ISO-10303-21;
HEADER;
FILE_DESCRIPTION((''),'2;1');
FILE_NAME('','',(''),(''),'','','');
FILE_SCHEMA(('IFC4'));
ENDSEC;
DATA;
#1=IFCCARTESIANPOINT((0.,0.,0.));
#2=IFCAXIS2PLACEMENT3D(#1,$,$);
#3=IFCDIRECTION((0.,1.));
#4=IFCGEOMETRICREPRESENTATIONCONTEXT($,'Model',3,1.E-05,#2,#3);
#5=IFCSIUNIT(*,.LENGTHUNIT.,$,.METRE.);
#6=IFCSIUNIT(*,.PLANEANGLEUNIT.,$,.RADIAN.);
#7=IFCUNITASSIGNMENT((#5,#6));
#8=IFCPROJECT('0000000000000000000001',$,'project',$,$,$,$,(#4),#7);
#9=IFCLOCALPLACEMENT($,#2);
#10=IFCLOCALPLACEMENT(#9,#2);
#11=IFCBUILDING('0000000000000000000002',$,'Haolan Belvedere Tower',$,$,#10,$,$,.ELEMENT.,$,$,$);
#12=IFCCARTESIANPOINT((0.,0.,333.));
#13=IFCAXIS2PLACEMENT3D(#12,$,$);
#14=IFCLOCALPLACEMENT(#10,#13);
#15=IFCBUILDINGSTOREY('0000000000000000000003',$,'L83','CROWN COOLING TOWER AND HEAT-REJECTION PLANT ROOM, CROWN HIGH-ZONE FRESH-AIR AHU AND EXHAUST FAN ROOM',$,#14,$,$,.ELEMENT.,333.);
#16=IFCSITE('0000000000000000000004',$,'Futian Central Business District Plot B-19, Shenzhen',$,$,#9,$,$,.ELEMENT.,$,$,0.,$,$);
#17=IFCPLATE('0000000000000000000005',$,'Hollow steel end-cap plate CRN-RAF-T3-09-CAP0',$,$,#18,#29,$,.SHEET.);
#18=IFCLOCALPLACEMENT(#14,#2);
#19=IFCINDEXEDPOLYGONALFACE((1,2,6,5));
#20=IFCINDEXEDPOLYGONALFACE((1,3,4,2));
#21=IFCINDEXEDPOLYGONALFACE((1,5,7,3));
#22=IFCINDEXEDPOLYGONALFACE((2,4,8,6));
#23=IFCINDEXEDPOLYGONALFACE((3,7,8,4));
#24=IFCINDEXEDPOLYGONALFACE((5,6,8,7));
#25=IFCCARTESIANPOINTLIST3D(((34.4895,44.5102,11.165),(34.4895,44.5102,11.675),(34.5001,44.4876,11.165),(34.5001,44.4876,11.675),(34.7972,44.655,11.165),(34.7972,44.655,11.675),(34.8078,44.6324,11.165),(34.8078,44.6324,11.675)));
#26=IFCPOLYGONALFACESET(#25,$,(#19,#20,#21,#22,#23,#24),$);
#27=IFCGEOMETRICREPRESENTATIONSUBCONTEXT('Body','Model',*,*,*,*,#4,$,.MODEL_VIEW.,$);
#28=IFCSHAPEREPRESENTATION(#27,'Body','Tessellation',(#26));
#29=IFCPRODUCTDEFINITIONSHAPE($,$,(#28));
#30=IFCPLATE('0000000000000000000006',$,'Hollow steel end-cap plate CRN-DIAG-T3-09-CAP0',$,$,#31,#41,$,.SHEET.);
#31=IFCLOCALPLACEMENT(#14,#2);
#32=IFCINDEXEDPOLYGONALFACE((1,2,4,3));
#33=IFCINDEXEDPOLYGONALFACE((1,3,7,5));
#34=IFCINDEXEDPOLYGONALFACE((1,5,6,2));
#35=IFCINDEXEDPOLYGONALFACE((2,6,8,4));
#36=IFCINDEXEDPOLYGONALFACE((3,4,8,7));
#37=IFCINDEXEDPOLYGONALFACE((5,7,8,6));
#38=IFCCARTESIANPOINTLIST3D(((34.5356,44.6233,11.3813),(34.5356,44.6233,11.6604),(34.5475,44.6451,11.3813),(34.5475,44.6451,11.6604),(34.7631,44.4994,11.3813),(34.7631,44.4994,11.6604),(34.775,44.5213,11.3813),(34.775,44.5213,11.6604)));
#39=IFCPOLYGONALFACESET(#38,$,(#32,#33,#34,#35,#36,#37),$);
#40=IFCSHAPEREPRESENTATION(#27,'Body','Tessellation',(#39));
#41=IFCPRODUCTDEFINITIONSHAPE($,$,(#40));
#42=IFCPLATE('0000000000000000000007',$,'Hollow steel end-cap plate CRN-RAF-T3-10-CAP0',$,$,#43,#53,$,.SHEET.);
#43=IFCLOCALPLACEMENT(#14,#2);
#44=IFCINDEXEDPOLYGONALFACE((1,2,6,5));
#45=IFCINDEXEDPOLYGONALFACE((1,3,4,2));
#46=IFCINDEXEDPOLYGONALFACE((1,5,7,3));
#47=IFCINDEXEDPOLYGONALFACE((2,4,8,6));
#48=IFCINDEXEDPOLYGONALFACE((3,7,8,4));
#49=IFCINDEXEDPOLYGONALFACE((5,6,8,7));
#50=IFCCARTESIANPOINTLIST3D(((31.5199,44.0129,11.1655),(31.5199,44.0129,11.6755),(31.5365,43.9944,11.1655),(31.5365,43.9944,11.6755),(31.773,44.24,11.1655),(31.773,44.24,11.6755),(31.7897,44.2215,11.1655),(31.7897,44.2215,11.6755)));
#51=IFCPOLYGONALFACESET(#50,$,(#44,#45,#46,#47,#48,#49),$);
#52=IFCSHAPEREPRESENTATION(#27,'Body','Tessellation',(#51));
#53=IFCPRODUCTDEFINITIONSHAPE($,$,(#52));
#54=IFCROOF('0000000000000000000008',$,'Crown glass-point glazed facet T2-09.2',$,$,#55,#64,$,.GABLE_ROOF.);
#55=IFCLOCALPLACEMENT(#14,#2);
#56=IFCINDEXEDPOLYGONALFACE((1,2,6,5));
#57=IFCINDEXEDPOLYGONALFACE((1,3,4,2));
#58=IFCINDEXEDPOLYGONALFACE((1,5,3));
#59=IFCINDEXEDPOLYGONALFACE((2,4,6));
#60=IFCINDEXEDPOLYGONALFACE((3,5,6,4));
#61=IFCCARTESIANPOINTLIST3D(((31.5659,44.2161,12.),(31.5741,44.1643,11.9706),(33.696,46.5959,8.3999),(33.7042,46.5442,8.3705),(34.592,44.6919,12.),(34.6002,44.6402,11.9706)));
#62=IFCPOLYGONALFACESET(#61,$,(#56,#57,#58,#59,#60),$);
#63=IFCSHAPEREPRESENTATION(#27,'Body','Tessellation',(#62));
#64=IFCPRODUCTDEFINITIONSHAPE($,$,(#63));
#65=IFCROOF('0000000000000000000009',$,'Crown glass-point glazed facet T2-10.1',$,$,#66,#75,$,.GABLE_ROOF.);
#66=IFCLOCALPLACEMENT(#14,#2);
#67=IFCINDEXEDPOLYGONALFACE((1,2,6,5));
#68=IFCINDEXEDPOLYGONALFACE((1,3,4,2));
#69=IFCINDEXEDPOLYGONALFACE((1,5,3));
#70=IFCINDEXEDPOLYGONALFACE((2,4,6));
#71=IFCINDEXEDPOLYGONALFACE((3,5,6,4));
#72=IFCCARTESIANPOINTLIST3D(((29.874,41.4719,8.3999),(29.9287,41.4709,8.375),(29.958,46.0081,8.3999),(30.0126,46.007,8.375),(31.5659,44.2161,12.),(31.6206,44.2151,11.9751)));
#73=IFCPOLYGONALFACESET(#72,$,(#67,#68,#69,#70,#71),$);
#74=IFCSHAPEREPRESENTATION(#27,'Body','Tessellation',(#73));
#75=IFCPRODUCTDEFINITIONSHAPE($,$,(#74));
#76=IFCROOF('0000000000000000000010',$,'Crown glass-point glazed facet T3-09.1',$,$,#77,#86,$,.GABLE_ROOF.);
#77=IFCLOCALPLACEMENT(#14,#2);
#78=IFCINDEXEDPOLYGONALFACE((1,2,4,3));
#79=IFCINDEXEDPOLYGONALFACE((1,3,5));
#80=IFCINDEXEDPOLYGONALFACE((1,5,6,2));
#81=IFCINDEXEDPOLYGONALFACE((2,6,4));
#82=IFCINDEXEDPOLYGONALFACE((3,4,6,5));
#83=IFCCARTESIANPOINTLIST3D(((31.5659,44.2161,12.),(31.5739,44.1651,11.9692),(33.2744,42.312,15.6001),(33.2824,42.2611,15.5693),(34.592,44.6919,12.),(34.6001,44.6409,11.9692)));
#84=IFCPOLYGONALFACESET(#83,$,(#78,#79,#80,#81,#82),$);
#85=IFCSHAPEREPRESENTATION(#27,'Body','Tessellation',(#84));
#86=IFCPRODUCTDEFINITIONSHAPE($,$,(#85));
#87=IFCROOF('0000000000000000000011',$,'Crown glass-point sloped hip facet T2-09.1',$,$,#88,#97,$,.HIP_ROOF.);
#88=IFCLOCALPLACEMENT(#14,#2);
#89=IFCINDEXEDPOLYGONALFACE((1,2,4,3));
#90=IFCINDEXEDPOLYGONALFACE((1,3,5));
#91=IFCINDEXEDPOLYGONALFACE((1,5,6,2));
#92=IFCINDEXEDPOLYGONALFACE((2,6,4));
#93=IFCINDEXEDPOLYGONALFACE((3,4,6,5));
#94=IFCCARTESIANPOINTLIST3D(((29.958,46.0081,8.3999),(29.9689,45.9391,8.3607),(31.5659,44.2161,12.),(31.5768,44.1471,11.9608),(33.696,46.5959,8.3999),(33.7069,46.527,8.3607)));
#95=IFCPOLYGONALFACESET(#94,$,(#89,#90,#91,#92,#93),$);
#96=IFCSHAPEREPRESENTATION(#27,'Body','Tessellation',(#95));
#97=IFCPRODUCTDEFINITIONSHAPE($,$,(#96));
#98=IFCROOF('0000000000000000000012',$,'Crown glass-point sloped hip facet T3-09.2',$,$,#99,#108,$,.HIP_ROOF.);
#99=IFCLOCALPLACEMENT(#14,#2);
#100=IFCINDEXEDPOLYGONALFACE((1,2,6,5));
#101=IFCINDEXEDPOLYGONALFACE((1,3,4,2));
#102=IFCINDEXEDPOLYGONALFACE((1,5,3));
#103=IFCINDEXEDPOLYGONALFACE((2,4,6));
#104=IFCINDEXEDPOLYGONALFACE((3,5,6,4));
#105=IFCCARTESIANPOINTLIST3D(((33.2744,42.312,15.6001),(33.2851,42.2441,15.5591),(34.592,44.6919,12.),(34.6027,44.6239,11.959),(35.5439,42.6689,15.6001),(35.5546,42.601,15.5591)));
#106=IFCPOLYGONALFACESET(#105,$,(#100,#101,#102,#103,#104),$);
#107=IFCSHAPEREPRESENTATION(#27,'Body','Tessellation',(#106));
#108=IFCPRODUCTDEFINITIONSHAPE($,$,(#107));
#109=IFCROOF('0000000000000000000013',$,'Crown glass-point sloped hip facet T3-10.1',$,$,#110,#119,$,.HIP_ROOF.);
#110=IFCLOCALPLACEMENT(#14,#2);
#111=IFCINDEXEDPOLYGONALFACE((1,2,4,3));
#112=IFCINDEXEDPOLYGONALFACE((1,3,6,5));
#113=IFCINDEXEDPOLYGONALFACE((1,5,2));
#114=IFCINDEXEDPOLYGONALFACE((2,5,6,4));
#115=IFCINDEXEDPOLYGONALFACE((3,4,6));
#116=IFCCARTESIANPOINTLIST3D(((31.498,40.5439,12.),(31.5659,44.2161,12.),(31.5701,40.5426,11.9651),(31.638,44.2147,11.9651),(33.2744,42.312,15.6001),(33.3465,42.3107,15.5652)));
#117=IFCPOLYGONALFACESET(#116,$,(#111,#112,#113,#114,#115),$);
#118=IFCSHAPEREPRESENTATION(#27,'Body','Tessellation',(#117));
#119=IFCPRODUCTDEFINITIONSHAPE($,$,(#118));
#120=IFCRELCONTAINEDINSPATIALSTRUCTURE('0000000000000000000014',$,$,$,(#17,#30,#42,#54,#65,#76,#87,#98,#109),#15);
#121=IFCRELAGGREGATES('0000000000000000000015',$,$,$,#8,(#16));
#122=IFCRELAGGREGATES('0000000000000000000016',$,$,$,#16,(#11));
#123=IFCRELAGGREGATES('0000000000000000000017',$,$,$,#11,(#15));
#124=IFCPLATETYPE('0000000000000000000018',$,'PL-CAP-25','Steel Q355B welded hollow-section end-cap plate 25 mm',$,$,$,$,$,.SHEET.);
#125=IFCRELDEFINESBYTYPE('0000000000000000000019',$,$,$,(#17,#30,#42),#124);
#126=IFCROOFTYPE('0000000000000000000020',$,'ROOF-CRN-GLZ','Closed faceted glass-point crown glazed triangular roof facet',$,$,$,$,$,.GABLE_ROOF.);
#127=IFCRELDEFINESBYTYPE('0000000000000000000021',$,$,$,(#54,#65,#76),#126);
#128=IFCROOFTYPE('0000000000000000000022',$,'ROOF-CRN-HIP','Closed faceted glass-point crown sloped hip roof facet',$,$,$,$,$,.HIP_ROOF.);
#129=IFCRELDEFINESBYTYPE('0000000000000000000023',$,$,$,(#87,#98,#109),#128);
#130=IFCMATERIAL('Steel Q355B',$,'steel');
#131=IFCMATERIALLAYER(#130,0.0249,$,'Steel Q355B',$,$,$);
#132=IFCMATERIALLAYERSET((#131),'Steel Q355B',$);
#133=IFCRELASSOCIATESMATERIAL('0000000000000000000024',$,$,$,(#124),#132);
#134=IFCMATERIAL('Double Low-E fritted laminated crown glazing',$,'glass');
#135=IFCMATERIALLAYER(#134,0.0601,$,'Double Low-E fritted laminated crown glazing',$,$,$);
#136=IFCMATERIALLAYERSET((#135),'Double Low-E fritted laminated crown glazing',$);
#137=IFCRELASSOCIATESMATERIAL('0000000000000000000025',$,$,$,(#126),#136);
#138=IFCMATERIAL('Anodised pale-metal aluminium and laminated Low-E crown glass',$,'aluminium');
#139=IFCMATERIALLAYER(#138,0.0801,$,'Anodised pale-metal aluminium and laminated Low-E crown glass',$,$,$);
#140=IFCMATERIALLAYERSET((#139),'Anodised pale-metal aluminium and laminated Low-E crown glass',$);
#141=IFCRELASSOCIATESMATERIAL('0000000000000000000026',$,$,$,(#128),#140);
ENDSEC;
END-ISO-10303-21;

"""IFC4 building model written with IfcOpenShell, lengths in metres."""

from ifc_helpers import new_model, si_unit, direction, frame, origin, origin_2d, place, context, subcontext, project, spatial, polyline, rectangle, outline, extrude, material, layer, layer_set, type_object, element, save


model = new_model("IFC4")

# Units and contexts
model_context = context("Model", 3, precision=1e-05, world=origin(), true_north=direction((0.0, 1.0)))
body_context = subcontext(model_context, "Body", "Model", "MODEL_VIEW")
ifc_project = project(units=[si_unit("LENGTHUNIT", "METRE"), si_unit("PLANEANGLEUNIT", "RADIAN")], contexts=[model_context])

# Site, building, storey
site_placement = place(None, origin())
site = spatial("IfcSite", under=ifc_project, at=site_placement, Name="Futian Central Business District Plot B-19, Shenzhen", CompositionType="ELEMENT", RefElevation=0.0)
building_placement = place(site_placement, origin())
building = spatial("IfcBuilding", under=site, at=building_placement, Name="Haolan Belvedere Tower", CompositionType="ELEMENT")
storey_placement = place(building_placement, frame((0.0, 0.0, 333.0)))
storey = spatial("IfcBuildingStorey", under=building, at=storey_placement, Name="L83", Description="CROWN COOLING TOWER AND HEAT-REJECTION PLANT ROOM, CROWN HIGH-ZONE FRESH-AIR AHU AND EXHAUST FAN ROOM", CompositionType="ELEMENT", Elevation=333.0)

# Shared definitions
ifc_material_1 = material(Name="Steel Q355B", Category="steel")

# Plates
ifc_layer_1 = layer(ifc_material_1, 0.0249, Name="Steel Q355B")
ifc_layer_set_1 = layer_set([ifc_layer_1], Name="Steel Q355B")
plate_type = type_object("IfcPlateType", Name="PL-CAP-25", Description="Steel Q355B welded hollow-section end-cap plate 25 mm", PredefinedType="SHEET", material=ifc_layer_set_1)
plate_1_placement = place(storey_placement, frame((34.6487, 44.5713, 11.165), z_axis=(0.0, 0.0, 1.0), x_axis=(-0.90482, -0.425795, 0.0)))
element("IfcPlate", 1, at=plate_1_placement, inside=storey, type_object=plate_type, Name="Hollow steel end-cap plate CRN-RAF-T3-09-CAP0", PredefinedType="SHEET", context=body_context, shape_type="SweptSolid", body=[
    extrude(rectangle(XDim=0.3401, YDim=0.0249, at=origin_2d()), origin(), (0.0, 0.0, 1.0), 0.51),
])
plate_2_placement = place(storey_placement, frame((34.6553, 44.5723, 11.3813), z_axis=(0.0, 0.0, 1.0), x_axis=(-0.878259, 0.478186, 0.0)))
element("IfcPlate", 2, at=plate_2_placement, inside=storey, type_object=plate_type, Name="Hollow steel end-cap plate CRN-DIAG-T3-09-CAP0", PredefinedType="SHEET", context=body_context, shape_type="SweptSolid", body=[
    extrude(rectangle(XDim=0.259, YDim=0.0249, at=origin_2d()), origin(), (0.0, 0.0, 1.0), 0.2791),
])
plate_3_placement = place(storey_placement, frame((31.6548, 44.1172, 11.1655), z_axis=(0.0, 0.0, 1.0), x_axis=(-0.744288, -0.667859, 0.0)))
element("IfcPlate", 3, at=plate_3_placement, inside=storey, type_object=plate_type, Name="Hollow steel end-cap plate CRN-RAF-T3-10-CAP0", PredefinedType="SHEET", context=body_context, shape_type="SweptSolid", body=[
    extrude(rectangle(XDim=0.3401, YDim=0.0249, at=origin_2d()), origin(), (0.0, 0.0, 1.0), 0.51),
])

# Roofs
ifc_material_2 = material(Name="Double Low-E fritted laminated crown glazing", Category="glass")
ifc_layer_2 = layer(ifc_material_2, 0.0601, Name="Double Low-E fritted laminated crown glazing")
ifc_layer_set_2 = layer_set([ifc_layer_2], Name="Double Low-E fritted laminated crown glazing")
roof_type_1 = type_object("IfcRoofType", Name="ROOF-CRN-GLZ", Description="Closed faceted glass-point crown glazed triangular roof facet", PredefinedType="GABLE_ROOF", material=ifc_layer_set_2)
roof_1_placement = place(storey_placement, frame((33.696, 46.5959, 8.3999), z_axis=(-0.135463, 0.861501, 0.489353), x_axis=(-0.442606, -0.494502, 0.748043)))
element("IfcRoof", 4, at=roof_1_placement, inside=storey, type_object=roof_type_1, Name="Crown glass-point glazed facet T2-09.2", PredefinedType="GABLE_ROOF", context=body_context, shape_type="SweptSolid", body=[
    extrude(outline(polyline([(0.0, 0.0), (4.8127, 0.0), (3.238, 2.6276), (0.0, 0.0)])), origin(), (0.0, 0.0, -1.0), 0.0601),
])
roof_2_placement = place(storey_placement, frame((29.958, 46.0081, 8.3999), z_axis=(-0.909791, 0.016844, 0.414724), x_axis=(-0.018511, -0.999829, 0.0)))
element("IfcRoof", 5, at=roof_2_placement, inside=storey, type_object=roof_type_1, Name="Crown glass-point glazed facet T2-10.1", PredefinedType="GABLE_ROOF", context=body_context, shape_type="SweptSolid", body=[
    extrude(outline(polyline([(0.0, 0.0), (4.5369, 0.0), (1.7619, 3.9564), (0.0, 0.0)])), origin(), (0.0, 0.0, -1.0), 0.0601),
])
roof_3_placement = place(storey_placement, frame((34.592, 44.6919, 12.0), z_axis=(-0.13342, 0.848509, 0.512085), x_axis=(-0.987862, -0.155332, 0.0)))
element("IfcRoof", 6, at=roof_3_placement, inside=storey, type_object=roof_type_1, Name="Crown glass-point glazed facet T3-09.1", PredefinedType="GABLE_ROOF", context=body_context, shape_type="SweptSolid", body=[
    extrude(outline(polyline([(0.0, 0.0), (3.0633, 0.0), (1.6713, 4.1914), (0.0, 0.0)])), origin(), (0.0, 0.0, -1.0), 0.0601),
])
ifc_material_3 = material(Name="Anodised pale-metal aluminium and laminated Low-E crown glass", Category="aluminium")
ifc_layer_3 = layer(ifc_material_3, 0.0801, Name="Anodised pale-metal aluminium and laminated Low-E crown glass")
ifc_layer_set_3 = layer_set([ifc_layer_3], Name="Anodised pale-metal aluminium and laminated Low-E crown glass")
roof_type_2 = type_object("IfcRoofType", Name="ROOF-CRN-HIP", Description="Closed faceted glass-point crown sloped hip roof facet", PredefinedType="HIP_ROOF", material=ifc_layer_set_3)
roof_4_placement = place(storey_placement, frame((33.696, 46.5959, 8.3999), z_axis=(-0.135491, 0.861504, 0.489339), x_axis=(-0.987857, -0.155363, 0.0)))
element("IfcRoof", 7, at=roof_4_placement, inside=storey, type_object=roof_type_2, Name="Crown glass-point sloped hip facet T2-09.1", PredefinedType="HIP_ROOF", context=body_context, shape_type="SweptSolid", body=[
    extrude(outline(polyline([(0.0, 0.0), (3.784, 0.0), (2.474, 4.1281), (0.0, 0.0)])), origin(), (0.0, 0.0, -1.0), 0.0801),
])
roof_5_placement = place(storey_placement, frame((34.592, 44.6919, 12.0), z_axis=(-0.133447, 0.848511, 0.512076), x_axis=(-0.292009, -0.527423, 0.797844)))
element("IfcRoof", 8, at=roof_5_placement, inside=storey, type_object=roof_type_2, Name="Crown glass-point sloped hip facet T3-09.2", PredefinedType="HIP_ROOF", context=body_context, shape_type="SweptSolid", body=[
    extrude(outline(polyline([(0.0, 0.0), (4.5123, 0.0), (3.6613, 2.134), (0.0, 0.0)])), origin(), (0.0, 0.0, -1.0), 0.0801),
])
roof_6_placement = place(storey_placement, frame((31.5659, 44.2161, 12.0), z_axis=(-0.899868, 0.016632, 0.435846), x_axis=(-0.01848, -0.999829, 0.0)))
element("IfcRoof", 9, at=roof_6_placement, inside=storey, type_object=roof_type_2, Name="Crown glass-point sloped hip facet T3-10.1", PredefinedType="HIP_ROOF", context=body_context, shape_type="SweptSolid", body=[
    extrude(outline(polyline([(0.0, 0.0), (3.6727, 0.0), (1.8722, 4.0), (0.0, 0.0)])), origin(), (0.0, 0.0, -1.0), 0.0801),
])

save(model, "model.ifc")
